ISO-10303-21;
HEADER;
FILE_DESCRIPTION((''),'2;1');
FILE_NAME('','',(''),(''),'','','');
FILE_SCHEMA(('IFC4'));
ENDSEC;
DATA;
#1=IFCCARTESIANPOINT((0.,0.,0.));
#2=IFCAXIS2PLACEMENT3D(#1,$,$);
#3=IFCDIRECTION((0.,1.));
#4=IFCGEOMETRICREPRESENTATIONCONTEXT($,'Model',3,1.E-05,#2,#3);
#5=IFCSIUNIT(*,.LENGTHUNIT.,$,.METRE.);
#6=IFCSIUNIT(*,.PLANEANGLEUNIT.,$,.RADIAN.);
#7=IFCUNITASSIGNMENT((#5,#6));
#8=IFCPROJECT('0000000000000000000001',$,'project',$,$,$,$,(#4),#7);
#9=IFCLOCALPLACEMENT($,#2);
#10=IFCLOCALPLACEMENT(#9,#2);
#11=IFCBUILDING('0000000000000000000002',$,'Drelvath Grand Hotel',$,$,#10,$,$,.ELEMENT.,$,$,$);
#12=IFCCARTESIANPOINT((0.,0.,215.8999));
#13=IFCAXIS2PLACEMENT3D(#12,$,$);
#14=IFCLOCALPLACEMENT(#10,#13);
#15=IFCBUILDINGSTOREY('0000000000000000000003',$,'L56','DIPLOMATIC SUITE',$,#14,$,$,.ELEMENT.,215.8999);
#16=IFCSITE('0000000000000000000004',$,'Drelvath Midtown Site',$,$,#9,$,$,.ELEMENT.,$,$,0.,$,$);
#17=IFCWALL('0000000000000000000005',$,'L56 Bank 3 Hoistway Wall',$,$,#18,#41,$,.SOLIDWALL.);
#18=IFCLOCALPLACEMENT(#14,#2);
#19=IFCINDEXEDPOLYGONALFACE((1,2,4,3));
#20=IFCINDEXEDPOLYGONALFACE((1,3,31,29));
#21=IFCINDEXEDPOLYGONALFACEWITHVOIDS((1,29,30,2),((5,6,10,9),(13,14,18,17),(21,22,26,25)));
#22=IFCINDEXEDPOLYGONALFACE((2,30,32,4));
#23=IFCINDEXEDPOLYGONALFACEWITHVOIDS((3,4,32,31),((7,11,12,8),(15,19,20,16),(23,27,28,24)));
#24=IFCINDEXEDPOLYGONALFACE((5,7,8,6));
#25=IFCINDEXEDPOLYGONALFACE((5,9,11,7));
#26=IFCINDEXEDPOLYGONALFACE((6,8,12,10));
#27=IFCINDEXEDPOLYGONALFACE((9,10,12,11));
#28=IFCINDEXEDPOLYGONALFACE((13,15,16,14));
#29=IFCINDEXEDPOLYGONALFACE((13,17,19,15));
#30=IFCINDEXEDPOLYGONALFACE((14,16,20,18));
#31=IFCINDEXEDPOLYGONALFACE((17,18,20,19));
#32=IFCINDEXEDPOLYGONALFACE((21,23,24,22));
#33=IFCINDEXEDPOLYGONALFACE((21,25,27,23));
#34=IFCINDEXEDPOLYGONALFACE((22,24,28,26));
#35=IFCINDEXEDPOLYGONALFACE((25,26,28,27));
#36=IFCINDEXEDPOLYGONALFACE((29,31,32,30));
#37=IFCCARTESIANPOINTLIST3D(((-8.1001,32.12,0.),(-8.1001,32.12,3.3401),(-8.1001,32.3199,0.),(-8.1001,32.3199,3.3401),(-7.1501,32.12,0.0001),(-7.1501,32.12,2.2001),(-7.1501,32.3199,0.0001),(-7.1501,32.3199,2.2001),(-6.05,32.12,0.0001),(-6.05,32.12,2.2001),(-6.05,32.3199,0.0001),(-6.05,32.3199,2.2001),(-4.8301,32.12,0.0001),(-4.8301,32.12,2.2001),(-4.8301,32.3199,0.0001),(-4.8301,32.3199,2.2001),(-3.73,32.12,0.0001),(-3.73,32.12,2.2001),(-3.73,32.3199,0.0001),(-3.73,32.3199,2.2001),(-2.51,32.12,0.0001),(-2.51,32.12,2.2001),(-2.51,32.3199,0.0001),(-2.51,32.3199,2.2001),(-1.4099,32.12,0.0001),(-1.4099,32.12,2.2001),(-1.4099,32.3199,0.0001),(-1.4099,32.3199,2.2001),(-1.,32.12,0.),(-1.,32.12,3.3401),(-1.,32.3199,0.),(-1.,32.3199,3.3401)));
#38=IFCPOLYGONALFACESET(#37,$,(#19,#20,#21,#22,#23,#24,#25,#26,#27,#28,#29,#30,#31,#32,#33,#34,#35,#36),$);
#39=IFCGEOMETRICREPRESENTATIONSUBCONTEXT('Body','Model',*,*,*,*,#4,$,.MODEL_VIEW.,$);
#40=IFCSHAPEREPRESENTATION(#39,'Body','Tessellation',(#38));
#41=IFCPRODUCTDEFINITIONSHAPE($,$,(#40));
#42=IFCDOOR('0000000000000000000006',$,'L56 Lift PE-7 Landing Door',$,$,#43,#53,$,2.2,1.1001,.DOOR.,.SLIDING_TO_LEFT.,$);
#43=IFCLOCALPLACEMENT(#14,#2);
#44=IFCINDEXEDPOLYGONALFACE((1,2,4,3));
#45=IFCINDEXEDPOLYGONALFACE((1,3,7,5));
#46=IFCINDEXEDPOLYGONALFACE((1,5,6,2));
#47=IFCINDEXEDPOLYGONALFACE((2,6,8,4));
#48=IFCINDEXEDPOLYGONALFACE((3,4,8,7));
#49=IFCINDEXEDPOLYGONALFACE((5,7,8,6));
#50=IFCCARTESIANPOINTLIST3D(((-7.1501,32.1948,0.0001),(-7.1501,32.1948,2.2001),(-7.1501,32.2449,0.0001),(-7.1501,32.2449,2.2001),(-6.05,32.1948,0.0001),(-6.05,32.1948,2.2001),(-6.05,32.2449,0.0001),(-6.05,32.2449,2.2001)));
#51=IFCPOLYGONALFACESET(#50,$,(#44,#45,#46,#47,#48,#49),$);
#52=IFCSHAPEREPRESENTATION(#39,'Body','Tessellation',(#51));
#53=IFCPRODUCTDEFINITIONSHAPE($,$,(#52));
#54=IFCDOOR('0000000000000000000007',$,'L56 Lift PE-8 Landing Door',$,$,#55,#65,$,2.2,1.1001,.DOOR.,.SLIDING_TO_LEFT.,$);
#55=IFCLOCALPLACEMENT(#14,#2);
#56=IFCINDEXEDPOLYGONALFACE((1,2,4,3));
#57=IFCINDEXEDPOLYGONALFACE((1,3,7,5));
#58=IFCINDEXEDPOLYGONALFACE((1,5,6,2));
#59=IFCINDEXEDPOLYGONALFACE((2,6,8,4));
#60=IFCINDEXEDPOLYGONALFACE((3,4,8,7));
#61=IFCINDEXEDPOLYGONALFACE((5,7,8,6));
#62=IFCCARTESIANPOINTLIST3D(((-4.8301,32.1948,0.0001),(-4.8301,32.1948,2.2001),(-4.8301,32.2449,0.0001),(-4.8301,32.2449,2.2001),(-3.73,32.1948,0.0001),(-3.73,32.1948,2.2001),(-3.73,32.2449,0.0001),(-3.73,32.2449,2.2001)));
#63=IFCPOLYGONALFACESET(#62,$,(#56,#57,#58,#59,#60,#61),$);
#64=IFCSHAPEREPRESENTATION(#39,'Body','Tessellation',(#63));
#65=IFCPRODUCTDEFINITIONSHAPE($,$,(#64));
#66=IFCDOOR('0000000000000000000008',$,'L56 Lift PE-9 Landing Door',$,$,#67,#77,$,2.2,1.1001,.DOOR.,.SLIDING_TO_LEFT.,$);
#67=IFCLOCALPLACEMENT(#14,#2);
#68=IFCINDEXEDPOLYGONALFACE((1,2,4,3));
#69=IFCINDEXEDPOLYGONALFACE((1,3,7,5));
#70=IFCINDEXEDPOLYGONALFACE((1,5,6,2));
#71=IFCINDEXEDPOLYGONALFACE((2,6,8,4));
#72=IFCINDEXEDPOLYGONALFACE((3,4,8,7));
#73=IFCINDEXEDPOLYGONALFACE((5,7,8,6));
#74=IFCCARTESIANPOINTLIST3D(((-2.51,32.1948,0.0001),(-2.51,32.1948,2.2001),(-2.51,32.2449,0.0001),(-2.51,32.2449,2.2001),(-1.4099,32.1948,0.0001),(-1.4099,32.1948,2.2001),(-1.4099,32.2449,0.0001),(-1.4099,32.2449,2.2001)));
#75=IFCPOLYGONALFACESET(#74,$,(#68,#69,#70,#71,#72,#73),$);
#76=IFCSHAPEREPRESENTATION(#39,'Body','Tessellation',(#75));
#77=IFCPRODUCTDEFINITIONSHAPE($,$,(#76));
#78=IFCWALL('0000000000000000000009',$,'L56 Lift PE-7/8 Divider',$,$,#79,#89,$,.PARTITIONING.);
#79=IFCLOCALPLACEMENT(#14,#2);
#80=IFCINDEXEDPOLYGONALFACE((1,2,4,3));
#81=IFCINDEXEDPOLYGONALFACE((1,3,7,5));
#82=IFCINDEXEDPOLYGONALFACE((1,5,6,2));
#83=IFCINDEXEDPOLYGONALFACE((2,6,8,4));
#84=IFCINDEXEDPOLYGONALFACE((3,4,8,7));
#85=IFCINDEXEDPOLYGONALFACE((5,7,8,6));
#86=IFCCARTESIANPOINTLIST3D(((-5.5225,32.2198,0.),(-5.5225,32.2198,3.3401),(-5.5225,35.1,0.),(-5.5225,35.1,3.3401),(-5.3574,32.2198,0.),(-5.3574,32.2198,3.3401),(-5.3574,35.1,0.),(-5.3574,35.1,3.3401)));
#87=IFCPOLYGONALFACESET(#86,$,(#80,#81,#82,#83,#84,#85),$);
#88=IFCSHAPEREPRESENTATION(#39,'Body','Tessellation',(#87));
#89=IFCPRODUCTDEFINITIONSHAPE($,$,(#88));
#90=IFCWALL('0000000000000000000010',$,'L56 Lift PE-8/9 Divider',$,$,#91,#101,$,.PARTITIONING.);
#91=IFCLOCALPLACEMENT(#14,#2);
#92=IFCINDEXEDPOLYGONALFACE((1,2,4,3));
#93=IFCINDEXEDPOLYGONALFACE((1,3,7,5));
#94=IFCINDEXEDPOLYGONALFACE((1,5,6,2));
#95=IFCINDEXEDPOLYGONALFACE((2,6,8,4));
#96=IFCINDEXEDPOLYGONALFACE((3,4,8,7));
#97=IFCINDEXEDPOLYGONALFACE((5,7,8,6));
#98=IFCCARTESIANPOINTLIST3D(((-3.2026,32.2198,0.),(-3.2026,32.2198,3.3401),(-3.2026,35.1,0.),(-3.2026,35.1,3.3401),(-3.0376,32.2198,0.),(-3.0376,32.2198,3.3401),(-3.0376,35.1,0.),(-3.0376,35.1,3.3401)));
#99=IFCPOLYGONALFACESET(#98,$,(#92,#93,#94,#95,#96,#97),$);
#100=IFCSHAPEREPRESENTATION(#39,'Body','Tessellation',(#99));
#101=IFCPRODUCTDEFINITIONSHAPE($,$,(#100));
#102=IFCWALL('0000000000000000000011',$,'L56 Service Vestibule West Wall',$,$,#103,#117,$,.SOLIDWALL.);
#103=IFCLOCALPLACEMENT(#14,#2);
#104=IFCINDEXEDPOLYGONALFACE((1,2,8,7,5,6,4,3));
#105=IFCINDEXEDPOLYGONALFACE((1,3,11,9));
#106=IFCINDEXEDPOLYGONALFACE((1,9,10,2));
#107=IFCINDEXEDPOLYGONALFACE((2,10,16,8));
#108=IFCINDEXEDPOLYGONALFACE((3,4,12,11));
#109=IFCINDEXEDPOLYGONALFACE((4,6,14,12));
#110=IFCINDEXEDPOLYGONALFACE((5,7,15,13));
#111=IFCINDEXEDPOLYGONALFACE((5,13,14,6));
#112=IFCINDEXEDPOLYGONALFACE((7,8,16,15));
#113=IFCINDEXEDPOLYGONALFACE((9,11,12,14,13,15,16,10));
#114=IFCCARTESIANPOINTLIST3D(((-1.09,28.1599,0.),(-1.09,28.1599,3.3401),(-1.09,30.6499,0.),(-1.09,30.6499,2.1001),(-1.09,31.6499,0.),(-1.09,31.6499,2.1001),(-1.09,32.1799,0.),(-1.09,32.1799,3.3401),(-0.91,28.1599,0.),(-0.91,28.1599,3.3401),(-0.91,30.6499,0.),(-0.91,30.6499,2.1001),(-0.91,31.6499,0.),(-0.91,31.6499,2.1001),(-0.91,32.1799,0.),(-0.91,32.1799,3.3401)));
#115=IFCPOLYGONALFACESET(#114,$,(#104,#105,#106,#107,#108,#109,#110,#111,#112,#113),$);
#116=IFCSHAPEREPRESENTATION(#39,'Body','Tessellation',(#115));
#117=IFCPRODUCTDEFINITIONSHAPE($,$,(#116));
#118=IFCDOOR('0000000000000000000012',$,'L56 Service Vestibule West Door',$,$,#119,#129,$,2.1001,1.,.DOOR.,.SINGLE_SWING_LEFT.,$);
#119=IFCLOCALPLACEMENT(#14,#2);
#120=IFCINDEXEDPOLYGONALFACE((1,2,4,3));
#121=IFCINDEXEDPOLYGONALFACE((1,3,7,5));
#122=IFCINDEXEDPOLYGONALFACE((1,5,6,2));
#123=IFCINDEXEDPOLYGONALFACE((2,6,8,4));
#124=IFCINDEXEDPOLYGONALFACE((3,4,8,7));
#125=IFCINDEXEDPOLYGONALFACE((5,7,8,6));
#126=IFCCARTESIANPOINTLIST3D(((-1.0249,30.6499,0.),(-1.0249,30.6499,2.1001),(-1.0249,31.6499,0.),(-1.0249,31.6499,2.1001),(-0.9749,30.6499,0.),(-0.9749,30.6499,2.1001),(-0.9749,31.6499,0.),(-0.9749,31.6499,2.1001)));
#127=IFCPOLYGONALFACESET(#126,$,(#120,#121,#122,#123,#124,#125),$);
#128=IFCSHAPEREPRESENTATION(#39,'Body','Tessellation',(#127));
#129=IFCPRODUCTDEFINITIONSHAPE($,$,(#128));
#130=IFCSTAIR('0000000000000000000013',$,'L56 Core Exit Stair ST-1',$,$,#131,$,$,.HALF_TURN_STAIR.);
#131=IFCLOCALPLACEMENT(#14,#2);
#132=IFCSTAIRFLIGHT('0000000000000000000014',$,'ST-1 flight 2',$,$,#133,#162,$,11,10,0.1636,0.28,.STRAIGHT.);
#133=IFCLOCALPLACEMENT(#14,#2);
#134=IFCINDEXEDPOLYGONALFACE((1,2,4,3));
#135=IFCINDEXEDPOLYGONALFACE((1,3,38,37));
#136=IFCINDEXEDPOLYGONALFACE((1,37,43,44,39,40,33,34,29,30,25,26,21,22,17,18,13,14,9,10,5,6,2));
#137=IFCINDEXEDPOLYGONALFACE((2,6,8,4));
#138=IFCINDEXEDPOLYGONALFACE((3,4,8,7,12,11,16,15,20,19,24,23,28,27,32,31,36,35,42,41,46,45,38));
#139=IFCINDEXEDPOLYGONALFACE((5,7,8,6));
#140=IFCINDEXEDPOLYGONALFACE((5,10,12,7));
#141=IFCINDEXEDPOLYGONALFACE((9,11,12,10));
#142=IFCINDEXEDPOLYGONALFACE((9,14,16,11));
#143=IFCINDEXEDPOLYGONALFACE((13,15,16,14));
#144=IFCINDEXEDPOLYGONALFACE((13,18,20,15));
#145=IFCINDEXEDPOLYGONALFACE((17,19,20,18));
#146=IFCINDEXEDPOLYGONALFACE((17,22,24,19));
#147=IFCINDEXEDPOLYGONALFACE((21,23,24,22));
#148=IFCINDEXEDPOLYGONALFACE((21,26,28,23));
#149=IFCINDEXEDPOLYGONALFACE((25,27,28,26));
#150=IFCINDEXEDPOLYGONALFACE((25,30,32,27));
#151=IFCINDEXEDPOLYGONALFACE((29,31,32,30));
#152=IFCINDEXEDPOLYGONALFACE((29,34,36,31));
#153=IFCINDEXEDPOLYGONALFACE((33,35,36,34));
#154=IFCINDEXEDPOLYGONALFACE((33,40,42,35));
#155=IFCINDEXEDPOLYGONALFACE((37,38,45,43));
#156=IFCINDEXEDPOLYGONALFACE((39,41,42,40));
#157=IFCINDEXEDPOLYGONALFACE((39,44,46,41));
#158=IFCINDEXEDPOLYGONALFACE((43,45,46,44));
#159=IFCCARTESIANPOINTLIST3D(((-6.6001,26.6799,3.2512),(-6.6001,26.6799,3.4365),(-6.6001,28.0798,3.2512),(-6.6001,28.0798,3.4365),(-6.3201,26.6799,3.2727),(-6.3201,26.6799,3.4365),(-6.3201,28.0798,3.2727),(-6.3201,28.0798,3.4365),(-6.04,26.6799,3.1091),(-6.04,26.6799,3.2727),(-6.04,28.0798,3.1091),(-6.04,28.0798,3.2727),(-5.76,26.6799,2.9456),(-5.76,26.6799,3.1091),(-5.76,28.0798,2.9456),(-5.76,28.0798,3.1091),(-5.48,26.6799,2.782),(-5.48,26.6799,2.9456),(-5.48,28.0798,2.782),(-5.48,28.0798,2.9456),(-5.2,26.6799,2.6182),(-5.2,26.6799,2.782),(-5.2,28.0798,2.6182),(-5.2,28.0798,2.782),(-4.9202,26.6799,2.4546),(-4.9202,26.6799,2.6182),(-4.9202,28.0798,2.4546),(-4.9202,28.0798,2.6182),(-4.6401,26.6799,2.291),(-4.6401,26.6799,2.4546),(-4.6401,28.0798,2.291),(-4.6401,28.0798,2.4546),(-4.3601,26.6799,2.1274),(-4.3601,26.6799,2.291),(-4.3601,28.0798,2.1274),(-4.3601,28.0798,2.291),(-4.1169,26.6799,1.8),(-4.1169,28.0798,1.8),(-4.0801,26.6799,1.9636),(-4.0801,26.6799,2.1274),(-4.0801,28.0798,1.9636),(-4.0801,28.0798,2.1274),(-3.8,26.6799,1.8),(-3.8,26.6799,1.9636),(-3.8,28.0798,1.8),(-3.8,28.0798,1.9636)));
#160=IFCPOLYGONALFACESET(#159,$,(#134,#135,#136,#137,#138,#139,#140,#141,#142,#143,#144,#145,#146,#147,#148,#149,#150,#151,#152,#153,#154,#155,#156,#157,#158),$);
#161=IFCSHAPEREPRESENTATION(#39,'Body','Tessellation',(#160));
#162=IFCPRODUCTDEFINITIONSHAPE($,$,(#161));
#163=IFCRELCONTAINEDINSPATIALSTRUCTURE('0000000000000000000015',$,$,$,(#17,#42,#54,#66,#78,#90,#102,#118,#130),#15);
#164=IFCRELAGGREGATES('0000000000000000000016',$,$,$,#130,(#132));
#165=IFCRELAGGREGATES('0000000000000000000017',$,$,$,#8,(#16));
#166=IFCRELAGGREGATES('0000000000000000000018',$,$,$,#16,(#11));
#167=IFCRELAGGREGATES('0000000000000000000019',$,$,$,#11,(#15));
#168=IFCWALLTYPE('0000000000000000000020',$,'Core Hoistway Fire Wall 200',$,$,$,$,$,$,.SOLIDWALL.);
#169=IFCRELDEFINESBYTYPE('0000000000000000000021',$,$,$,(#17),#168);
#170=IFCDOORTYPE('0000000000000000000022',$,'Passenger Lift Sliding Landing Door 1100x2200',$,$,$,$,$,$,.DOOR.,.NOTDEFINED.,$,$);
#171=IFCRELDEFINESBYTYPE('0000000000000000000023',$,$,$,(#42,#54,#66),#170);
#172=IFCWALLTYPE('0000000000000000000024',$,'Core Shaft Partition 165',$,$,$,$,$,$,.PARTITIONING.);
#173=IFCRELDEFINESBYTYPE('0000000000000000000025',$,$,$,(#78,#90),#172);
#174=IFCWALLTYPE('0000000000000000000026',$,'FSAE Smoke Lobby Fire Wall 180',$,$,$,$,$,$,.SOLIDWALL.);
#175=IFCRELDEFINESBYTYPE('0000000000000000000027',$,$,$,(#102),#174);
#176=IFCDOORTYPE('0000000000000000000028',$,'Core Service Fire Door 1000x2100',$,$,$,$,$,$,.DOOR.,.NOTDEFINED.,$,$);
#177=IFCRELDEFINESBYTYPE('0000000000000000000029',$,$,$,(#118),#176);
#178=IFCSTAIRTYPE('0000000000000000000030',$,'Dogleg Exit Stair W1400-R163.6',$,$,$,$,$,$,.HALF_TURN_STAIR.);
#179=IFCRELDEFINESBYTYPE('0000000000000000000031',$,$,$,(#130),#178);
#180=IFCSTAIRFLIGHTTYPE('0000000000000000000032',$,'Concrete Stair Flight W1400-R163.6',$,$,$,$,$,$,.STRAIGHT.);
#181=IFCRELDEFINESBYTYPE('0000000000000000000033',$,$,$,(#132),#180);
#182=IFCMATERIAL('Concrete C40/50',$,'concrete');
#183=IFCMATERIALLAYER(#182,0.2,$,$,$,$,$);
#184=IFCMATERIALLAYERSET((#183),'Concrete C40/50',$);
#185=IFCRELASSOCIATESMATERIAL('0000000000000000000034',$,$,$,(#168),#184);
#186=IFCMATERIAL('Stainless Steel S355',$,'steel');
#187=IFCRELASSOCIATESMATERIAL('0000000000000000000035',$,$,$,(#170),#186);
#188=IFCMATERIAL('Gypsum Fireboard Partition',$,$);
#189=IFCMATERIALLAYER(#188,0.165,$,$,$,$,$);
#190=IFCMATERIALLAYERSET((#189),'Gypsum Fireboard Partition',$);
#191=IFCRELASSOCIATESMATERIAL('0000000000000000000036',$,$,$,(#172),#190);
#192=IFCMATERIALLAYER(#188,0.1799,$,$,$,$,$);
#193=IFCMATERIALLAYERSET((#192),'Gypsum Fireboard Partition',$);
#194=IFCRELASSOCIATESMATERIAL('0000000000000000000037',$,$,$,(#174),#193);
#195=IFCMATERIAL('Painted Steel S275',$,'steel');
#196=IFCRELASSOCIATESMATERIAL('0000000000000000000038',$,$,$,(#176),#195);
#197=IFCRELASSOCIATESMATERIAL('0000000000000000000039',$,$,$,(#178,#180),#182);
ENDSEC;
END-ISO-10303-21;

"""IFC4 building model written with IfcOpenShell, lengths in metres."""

from ifc_helpers import new_model, si_unit, direction, frame, frame_2d, origin, place, context, subcontext, project, spatial, polyline, rectangle, outline, extrude, material, layer, layer_set, type_object, element, fill, aggregate, save


model = new_model("IFC4")

# Units and contexts
model_context = context("Model", 3, precision=1e-05, world=origin(), true_north=direction((0.0, 1.0)))
body_context = subcontext(model_context, "Body", "Model", "MODEL_VIEW")
ifc_project = project(units=[si_unit("LENGTHUNIT", "METRE"), si_unit("PLANEANGLEUNIT", "RADIAN")], contexts=[model_context])

# Site, building, storey
site_placement = place(None, origin())
site = spatial("IfcSite", under=ifc_project, at=site_placement, Name="Drelvath Midtown Site", CompositionType="ELEMENT", RefElevation=0.0)
building_placement = place(site_placement, origin())
building = spatial("IfcBuilding", under=site, at=building_placement, Name="Drelvath Grand Hotel", CompositionType="ELEMENT")
storey_placement = place(building_placement, frame((0.0, 0.0, 215.8999)))
storey = spatial("IfcBuildingStorey", under=building, at=storey_placement, Name="L56", Description="DIPLOMATIC SUITE", CompositionType="ELEMENT", Elevation=215.8999)

# Shared definitions
ifc_material_1 = material(Name="Painted Steel S275", Category="steel")

# Shared definitions
ifc_material_2 = material(Name="Concrete C40/50", Category="concrete")
ifc_layer_1 = layer(ifc_material_2, 0.2)
ifc_layer_set_1 = layer_set([ifc_layer_1], Name="Concrete C40/50")
wall_type_1 = type_object("IfcWallType", Name="Core Hoistway Fire Wall 200", PredefinedType="SOLIDWALL", material=ifc_layer_set_1)
ifc_material_3 = material(Name="Stainless Steel S355", Category="steel")

# Wall, openings, doors
wall_1_placement = place(storey_placement, frame((-8.1001, 32.22, 0.0), z_axis=(0.0, 0.0, 1.0), x_axis=(1.0, 0.0, 0.0)))
wall_1 = element("IfcWall", 1, at=wall_1_placement, inside=storey, type_object=wall_type_1, Name="L56 Bank 3 Hoistway Wall", PredefinedType="SOLIDWALL", context=body_context, shape_type="SweptSolid", body=[
    extrude(rectangle(XDim=7.1001, YDim=0.2, at=frame_2d((3.55, 0.0))), origin(), (0.0, 0.0, 1.0), 3.3401),
])
opening_1_placement = place(wall_1_placement, frame((0.95, 0.0, 0.0)))
opening_1 = element("IfcOpeningElement", 2, at=opening_1_placement, cuts=wall_1, PredefinedType="OPENING", context=body_context, shape_type="SweptSolid", body=[
    extrude(rectangle(XDim=1.1001, YDim=2.2, at=frame_2d((0.55, 1.1001))), frame((0.0, 0.1099, 0.0), z_axis=(0.0, -1.0, 0.0), x_axis=(1.0, 0.0, 0.0)), (0.0, 0.0, 1.0), 0.22),
])
opening_2_placement = place(wall_1_placement, frame((3.27, 0.0, 0.0)))
opening_2 = element("IfcOpeningElement", 3, at=opening_2_placement, cuts=wall_1, PredefinedType="OPENING", context=body_context, shape_type="SweptSolid", body=[
    extrude(rectangle(XDim=1.1001, YDim=2.2, at=frame_2d((0.55, 1.1001))), frame((0.0, 0.1099, 0.0), z_axis=(0.0, -1.0, 0.0), x_axis=(1.0, 0.0, 0.0)), (0.0, 0.0, 1.0), 0.22),
])
opening_3_placement = place(wall_1_placement, frame((5.5901, 0.0, 0.0)))
opening_3 = element("IfcOpeningElement", 4, at=opening_3_placement, cuts=wall_1, PredefinedType="OPENING", context=body_context, shape_type="SweptSolid", body=[
    extrude(rectangle(XDim=1.1001, YDim=2.2, at=frame_2d((0.55, 1.1001))), frame((0.0, 0.1099, 0.0), z_axis=(0.0, -1.0, 0.0), x_axis=(1.0, 0.0, 0.0)), (0.0, 0.0, 1.0), 0.22),
])
door_type_1 = type_object("IfcDoorType", Name="Passenger Lift Sliding Landing Door 1100x2200", OperationType="NOTDEFINED", PredefinedType="DOOR", material=ifc_material_3)
door_1_placement = place(opening_1_placement, origin())
door_1 = element("IfcDoor", 5, at=door_1_placement, inside=storey, type_object=door_type_1, Name="L56 Lift PE-7 Landing Door", OperationType="SLIDING_TO_LEFT", OverallHeight=2.2, OverallWidth=1.1001, PredefinedType="DOOR", context=body_context, shape_type="SweptSolid", body=[
    extrude(rectangle(XDim=1.1001, YDim=2.2, at=frame_2d((0.55, 1.1001))), frame((0.0, 0.0249, 0.0), z_axis=(0.0, -1.0, 0.0), x_axis=(1.0, 0.0, 0.0)), (0.0, 0.0, 1.0), 0.05),
])
fill(opening_1, door_1)
door_2_placement = place(opening_2_placement, origin())
door_2 = element("IfcDoor", 6, at=door_2_placement, inside=storey, type_object=door_type_1, Name="L56 Lift PE-8 Landing Door", OperationType="SLIDING_TO_LEFT", OverallHeight=2.2, OverallWidth=1.1001, PredefinedType="DOOR", context=body_context, shape_type="SweptSolid", body=[
    extrude(rectangle(XDim=1.1001, YDim=2.2, at=frame_2d((0.55, 1.1001))), frame((0.0, 0.0249, 0.0), z_axis=(0.0, -1.0, 0.0), x_axis=(1.0, 0.0, 0.0)), (0.0, 0.0, 1.0), 0.05),
])
fill(opening_2, door_2)
door_3_placement = place(opening_3_placement, origin())
door_3 = element("IfcDoor", 7, at=door_3_placement, inside=storey, type_object=door_type_1, Name="L56 Lift PE-9 Landing Door", OperationType="SLIDING_TO_LEFT", OverallHeight=2.2, OverallWidth=1.1001, PredefinedType="DOOR", context=body_context, shape_type="SweptSolid", body=[
    extrude(rectangle(XDim=1.1001, YDim=2.2, at=frame_2d((0.55, 1.1001))), frame((0.0, 0.0249, 0.0), z_axis=(0.0, -1.0, 0.0), x_axis=(1.0, 0.0, 0.0)), (0.0, 0.0, 1.0), 0.05),
])
fill(opening_3, door_3)

# Walls
ifc_material_4 = material(Name="Gypsum Fireboard Partition")
ifc_layer_2 = layer(ifc_material_4, 0.165)
ifc_layer_set_2 = layer_set([ifc_layer_2], Name="Gypsum Fireboard Partition")
wall_type_2 = type_object("IfcWallType", Name="Core Shaft Partition 165", PredefinedType="PARTITIONING", material=ifc_layer_set_2)
for number, where, z_axis, x_axis, name in (
    (8, (-5.4399, 32.22, 0.0), (0.0, 0.0, 1.0), (0.0, 1.0, 0.0), "L56 Lift PE-7/8 Divider"),
    (9, (-3.1201, 32.22, 0.0), (0.0, 0.0, 1.0), (0.0, 1.0, 0.0), "L56 Lift PE-8/9 Divider"),
):
    element("IfcWall", number, at=place(storey_placement, frame(where, z_axis=z_axis, x_axis=x_axis)), inside=storey, type_object=wall_type_2, Name=name, PredefinedType="PARTITIONING", context=body_context, shape_type="SweptSolid", body=[
        extrude(rectangle(XDim=2.8801, YDim=0.165, at=frame_2d((1.4399, 0.0))), origin(), (0.0, 0.0, 1.0), 3.3401),
    ])

# Wall, opening, door
ifc_layer_3 = layer(ifc_material_4, 0.1799)
ifc_layer_set_3 = layer_set([ifc_layer_3], Name="Gypsum Fireboard Partition")
wall_type_3 = type_object("IfcWallType", Name="FSAE Smoke Lobby Fire Wall 180", PredefinedType="SOLIDWALL", material=ifc_layer_set_3)
wall_2_placement = place(storey_placement, frame((-1.0, 28.1599, 0.0), z_axis=(0.0, 0.0, 1.0), x_axis=(0.0, 1.0, 0.0)))
wall_2 = element("IfcWall", 10, at=wall_2_placement, inside=storey, type_object=wall_type_3, Name="L56 Service Vestibule West Wall", PredefinedType="SOLIDWALL", context=body_context, shape_type="SweptSolid", body=[
    extrude(rectangle(XDim=4.02, YDim=0.1799, at=frame_2d((2.01, 0.0))), origin(), (0.0, 0.0, 1.0), 3.3401),
])
opening_4_placement = place(wall_2_placement, frame((2.49, 0.0, 0.0)))
opening_4 = element("IfcOpeningElement", 11, at=opening_4_placement, cuts=wall_2, PredefinedType="OPENING", context=body_context, shape_type="SweptSolid", body=[
    extrude(rectangle(XDim=1.0, YDim=2.1001, at=frame_2d((0.5, 1.05))), frame((0.0, 0.0999, 0.0), z_axis=(0.0, -1.0, 0.0), x_axis=(1.0, 0.0, 0.0)), (0.0, 0.0, 1.0), 0.2),
])
door_type_2 = type_object("IfcDoorType", Name="Core Service Fire Door 1000x2100", OperationType="NOTDEFINED", PredefinedType="DOOR", material=ifc_material_1)
door_4_placement = place(opening_4_placement, origin())
door_4 = element("IfcDoor", 12, at=door_4_placement, inside=storey, type_object=door_type_2, Name="L56 Service Vestibule West Door", OperationType="SINGLE_SWING_LEFT", OverallHeight=2.1001, OverallWidth=1.0, PredefinedType="DOOR", context=body_context, shape_type="SweptSolid", body=[
    extrude(rectangle(XDim=1.0, YDim=2.1001, at=frame_2d((0.5, 1.05))), frame((0.0, 0.0249, 0.0), z_axis=(0.0, -1.0, 0.0), x_axis=(1.0, 0.0, 0.0)), (0.0, 0.0, 1.0), 0.05),
])
fill(opening_4, door_4)

# Stair, stair flight
stair_type = type_object("IfcStairType", Name="Dogleg Exit Stair W1400-R163.6", PredefinedType="HALF_TURN_STAIR", material=ifc_material_2)
stair_placement = place(storey_placement, origin())
stair = element("IfcStair", 13, at=stair_placement, inside=storey, type_object=stair_type, Name="L56 Core Exit Stair ST-1", PredefinedType="HALF_TURN_STAIR")
stair_flight_type = type_object("IfcStairFlightType", Name="Concrete Stair Flight W1400-R163.6", PredefinedType="STRAIGHT", material=ifc_material_2)
stair_flight_placement = place(storey_placement, frame((-3.8, 27.3799, 1.8), z_axis=(0.0, 0.0, 1.0), x_axis=(-1.0, 0.0, 0.0)))
stair_flight = element("IfcStairFlight", 14, at=stair_flight_placement, type_object=stair_flight_type, Name="ST-1 flight 2", NumberOfRisers=11, NumberOfTreads=10, PredefinedType="STRAIGHT", RiserHeight=0.1636, TreadLength=0.28, context=body_context, shape_type="SweptSolid", body=[
    extrude(outline(polyline([(0.0, 0.0), (0.0, 0.1636), (0.28, 0.1636), (0.28, 0.3274), (0.5601, 0.3274), (0.5601, 0.491), (0.8401, 0.491), (0.8401, 0.6545), (1.1201, 0.6545), (1.1201, 0.8181), (1.3999, 0.8181), (1.3999, 0.9819), (1.6799, 0.9819), (1.6799, 1.1455), (1.96, 1.1455), (1.96, 1.3091), (2.24, 1.3091), (2.24, 1.4727), (2.52, 1.4727), (2.52, 1.6365), (2.8, 1.6365), (2.8, 1.8), (2.8, 1.4512), (0.3169, 0.0), (0.0, 0.0)])), frame((0.0, 0.7, 0.0), z_axis=(0.0, -1.0, 0.0), x_axis=(1.0, 0.0, 0.0)), (0.0, 0.0, 1.0), 1.3999),
])
aggregate(stair, [stair_flight])

save(model, "model.ifc")
